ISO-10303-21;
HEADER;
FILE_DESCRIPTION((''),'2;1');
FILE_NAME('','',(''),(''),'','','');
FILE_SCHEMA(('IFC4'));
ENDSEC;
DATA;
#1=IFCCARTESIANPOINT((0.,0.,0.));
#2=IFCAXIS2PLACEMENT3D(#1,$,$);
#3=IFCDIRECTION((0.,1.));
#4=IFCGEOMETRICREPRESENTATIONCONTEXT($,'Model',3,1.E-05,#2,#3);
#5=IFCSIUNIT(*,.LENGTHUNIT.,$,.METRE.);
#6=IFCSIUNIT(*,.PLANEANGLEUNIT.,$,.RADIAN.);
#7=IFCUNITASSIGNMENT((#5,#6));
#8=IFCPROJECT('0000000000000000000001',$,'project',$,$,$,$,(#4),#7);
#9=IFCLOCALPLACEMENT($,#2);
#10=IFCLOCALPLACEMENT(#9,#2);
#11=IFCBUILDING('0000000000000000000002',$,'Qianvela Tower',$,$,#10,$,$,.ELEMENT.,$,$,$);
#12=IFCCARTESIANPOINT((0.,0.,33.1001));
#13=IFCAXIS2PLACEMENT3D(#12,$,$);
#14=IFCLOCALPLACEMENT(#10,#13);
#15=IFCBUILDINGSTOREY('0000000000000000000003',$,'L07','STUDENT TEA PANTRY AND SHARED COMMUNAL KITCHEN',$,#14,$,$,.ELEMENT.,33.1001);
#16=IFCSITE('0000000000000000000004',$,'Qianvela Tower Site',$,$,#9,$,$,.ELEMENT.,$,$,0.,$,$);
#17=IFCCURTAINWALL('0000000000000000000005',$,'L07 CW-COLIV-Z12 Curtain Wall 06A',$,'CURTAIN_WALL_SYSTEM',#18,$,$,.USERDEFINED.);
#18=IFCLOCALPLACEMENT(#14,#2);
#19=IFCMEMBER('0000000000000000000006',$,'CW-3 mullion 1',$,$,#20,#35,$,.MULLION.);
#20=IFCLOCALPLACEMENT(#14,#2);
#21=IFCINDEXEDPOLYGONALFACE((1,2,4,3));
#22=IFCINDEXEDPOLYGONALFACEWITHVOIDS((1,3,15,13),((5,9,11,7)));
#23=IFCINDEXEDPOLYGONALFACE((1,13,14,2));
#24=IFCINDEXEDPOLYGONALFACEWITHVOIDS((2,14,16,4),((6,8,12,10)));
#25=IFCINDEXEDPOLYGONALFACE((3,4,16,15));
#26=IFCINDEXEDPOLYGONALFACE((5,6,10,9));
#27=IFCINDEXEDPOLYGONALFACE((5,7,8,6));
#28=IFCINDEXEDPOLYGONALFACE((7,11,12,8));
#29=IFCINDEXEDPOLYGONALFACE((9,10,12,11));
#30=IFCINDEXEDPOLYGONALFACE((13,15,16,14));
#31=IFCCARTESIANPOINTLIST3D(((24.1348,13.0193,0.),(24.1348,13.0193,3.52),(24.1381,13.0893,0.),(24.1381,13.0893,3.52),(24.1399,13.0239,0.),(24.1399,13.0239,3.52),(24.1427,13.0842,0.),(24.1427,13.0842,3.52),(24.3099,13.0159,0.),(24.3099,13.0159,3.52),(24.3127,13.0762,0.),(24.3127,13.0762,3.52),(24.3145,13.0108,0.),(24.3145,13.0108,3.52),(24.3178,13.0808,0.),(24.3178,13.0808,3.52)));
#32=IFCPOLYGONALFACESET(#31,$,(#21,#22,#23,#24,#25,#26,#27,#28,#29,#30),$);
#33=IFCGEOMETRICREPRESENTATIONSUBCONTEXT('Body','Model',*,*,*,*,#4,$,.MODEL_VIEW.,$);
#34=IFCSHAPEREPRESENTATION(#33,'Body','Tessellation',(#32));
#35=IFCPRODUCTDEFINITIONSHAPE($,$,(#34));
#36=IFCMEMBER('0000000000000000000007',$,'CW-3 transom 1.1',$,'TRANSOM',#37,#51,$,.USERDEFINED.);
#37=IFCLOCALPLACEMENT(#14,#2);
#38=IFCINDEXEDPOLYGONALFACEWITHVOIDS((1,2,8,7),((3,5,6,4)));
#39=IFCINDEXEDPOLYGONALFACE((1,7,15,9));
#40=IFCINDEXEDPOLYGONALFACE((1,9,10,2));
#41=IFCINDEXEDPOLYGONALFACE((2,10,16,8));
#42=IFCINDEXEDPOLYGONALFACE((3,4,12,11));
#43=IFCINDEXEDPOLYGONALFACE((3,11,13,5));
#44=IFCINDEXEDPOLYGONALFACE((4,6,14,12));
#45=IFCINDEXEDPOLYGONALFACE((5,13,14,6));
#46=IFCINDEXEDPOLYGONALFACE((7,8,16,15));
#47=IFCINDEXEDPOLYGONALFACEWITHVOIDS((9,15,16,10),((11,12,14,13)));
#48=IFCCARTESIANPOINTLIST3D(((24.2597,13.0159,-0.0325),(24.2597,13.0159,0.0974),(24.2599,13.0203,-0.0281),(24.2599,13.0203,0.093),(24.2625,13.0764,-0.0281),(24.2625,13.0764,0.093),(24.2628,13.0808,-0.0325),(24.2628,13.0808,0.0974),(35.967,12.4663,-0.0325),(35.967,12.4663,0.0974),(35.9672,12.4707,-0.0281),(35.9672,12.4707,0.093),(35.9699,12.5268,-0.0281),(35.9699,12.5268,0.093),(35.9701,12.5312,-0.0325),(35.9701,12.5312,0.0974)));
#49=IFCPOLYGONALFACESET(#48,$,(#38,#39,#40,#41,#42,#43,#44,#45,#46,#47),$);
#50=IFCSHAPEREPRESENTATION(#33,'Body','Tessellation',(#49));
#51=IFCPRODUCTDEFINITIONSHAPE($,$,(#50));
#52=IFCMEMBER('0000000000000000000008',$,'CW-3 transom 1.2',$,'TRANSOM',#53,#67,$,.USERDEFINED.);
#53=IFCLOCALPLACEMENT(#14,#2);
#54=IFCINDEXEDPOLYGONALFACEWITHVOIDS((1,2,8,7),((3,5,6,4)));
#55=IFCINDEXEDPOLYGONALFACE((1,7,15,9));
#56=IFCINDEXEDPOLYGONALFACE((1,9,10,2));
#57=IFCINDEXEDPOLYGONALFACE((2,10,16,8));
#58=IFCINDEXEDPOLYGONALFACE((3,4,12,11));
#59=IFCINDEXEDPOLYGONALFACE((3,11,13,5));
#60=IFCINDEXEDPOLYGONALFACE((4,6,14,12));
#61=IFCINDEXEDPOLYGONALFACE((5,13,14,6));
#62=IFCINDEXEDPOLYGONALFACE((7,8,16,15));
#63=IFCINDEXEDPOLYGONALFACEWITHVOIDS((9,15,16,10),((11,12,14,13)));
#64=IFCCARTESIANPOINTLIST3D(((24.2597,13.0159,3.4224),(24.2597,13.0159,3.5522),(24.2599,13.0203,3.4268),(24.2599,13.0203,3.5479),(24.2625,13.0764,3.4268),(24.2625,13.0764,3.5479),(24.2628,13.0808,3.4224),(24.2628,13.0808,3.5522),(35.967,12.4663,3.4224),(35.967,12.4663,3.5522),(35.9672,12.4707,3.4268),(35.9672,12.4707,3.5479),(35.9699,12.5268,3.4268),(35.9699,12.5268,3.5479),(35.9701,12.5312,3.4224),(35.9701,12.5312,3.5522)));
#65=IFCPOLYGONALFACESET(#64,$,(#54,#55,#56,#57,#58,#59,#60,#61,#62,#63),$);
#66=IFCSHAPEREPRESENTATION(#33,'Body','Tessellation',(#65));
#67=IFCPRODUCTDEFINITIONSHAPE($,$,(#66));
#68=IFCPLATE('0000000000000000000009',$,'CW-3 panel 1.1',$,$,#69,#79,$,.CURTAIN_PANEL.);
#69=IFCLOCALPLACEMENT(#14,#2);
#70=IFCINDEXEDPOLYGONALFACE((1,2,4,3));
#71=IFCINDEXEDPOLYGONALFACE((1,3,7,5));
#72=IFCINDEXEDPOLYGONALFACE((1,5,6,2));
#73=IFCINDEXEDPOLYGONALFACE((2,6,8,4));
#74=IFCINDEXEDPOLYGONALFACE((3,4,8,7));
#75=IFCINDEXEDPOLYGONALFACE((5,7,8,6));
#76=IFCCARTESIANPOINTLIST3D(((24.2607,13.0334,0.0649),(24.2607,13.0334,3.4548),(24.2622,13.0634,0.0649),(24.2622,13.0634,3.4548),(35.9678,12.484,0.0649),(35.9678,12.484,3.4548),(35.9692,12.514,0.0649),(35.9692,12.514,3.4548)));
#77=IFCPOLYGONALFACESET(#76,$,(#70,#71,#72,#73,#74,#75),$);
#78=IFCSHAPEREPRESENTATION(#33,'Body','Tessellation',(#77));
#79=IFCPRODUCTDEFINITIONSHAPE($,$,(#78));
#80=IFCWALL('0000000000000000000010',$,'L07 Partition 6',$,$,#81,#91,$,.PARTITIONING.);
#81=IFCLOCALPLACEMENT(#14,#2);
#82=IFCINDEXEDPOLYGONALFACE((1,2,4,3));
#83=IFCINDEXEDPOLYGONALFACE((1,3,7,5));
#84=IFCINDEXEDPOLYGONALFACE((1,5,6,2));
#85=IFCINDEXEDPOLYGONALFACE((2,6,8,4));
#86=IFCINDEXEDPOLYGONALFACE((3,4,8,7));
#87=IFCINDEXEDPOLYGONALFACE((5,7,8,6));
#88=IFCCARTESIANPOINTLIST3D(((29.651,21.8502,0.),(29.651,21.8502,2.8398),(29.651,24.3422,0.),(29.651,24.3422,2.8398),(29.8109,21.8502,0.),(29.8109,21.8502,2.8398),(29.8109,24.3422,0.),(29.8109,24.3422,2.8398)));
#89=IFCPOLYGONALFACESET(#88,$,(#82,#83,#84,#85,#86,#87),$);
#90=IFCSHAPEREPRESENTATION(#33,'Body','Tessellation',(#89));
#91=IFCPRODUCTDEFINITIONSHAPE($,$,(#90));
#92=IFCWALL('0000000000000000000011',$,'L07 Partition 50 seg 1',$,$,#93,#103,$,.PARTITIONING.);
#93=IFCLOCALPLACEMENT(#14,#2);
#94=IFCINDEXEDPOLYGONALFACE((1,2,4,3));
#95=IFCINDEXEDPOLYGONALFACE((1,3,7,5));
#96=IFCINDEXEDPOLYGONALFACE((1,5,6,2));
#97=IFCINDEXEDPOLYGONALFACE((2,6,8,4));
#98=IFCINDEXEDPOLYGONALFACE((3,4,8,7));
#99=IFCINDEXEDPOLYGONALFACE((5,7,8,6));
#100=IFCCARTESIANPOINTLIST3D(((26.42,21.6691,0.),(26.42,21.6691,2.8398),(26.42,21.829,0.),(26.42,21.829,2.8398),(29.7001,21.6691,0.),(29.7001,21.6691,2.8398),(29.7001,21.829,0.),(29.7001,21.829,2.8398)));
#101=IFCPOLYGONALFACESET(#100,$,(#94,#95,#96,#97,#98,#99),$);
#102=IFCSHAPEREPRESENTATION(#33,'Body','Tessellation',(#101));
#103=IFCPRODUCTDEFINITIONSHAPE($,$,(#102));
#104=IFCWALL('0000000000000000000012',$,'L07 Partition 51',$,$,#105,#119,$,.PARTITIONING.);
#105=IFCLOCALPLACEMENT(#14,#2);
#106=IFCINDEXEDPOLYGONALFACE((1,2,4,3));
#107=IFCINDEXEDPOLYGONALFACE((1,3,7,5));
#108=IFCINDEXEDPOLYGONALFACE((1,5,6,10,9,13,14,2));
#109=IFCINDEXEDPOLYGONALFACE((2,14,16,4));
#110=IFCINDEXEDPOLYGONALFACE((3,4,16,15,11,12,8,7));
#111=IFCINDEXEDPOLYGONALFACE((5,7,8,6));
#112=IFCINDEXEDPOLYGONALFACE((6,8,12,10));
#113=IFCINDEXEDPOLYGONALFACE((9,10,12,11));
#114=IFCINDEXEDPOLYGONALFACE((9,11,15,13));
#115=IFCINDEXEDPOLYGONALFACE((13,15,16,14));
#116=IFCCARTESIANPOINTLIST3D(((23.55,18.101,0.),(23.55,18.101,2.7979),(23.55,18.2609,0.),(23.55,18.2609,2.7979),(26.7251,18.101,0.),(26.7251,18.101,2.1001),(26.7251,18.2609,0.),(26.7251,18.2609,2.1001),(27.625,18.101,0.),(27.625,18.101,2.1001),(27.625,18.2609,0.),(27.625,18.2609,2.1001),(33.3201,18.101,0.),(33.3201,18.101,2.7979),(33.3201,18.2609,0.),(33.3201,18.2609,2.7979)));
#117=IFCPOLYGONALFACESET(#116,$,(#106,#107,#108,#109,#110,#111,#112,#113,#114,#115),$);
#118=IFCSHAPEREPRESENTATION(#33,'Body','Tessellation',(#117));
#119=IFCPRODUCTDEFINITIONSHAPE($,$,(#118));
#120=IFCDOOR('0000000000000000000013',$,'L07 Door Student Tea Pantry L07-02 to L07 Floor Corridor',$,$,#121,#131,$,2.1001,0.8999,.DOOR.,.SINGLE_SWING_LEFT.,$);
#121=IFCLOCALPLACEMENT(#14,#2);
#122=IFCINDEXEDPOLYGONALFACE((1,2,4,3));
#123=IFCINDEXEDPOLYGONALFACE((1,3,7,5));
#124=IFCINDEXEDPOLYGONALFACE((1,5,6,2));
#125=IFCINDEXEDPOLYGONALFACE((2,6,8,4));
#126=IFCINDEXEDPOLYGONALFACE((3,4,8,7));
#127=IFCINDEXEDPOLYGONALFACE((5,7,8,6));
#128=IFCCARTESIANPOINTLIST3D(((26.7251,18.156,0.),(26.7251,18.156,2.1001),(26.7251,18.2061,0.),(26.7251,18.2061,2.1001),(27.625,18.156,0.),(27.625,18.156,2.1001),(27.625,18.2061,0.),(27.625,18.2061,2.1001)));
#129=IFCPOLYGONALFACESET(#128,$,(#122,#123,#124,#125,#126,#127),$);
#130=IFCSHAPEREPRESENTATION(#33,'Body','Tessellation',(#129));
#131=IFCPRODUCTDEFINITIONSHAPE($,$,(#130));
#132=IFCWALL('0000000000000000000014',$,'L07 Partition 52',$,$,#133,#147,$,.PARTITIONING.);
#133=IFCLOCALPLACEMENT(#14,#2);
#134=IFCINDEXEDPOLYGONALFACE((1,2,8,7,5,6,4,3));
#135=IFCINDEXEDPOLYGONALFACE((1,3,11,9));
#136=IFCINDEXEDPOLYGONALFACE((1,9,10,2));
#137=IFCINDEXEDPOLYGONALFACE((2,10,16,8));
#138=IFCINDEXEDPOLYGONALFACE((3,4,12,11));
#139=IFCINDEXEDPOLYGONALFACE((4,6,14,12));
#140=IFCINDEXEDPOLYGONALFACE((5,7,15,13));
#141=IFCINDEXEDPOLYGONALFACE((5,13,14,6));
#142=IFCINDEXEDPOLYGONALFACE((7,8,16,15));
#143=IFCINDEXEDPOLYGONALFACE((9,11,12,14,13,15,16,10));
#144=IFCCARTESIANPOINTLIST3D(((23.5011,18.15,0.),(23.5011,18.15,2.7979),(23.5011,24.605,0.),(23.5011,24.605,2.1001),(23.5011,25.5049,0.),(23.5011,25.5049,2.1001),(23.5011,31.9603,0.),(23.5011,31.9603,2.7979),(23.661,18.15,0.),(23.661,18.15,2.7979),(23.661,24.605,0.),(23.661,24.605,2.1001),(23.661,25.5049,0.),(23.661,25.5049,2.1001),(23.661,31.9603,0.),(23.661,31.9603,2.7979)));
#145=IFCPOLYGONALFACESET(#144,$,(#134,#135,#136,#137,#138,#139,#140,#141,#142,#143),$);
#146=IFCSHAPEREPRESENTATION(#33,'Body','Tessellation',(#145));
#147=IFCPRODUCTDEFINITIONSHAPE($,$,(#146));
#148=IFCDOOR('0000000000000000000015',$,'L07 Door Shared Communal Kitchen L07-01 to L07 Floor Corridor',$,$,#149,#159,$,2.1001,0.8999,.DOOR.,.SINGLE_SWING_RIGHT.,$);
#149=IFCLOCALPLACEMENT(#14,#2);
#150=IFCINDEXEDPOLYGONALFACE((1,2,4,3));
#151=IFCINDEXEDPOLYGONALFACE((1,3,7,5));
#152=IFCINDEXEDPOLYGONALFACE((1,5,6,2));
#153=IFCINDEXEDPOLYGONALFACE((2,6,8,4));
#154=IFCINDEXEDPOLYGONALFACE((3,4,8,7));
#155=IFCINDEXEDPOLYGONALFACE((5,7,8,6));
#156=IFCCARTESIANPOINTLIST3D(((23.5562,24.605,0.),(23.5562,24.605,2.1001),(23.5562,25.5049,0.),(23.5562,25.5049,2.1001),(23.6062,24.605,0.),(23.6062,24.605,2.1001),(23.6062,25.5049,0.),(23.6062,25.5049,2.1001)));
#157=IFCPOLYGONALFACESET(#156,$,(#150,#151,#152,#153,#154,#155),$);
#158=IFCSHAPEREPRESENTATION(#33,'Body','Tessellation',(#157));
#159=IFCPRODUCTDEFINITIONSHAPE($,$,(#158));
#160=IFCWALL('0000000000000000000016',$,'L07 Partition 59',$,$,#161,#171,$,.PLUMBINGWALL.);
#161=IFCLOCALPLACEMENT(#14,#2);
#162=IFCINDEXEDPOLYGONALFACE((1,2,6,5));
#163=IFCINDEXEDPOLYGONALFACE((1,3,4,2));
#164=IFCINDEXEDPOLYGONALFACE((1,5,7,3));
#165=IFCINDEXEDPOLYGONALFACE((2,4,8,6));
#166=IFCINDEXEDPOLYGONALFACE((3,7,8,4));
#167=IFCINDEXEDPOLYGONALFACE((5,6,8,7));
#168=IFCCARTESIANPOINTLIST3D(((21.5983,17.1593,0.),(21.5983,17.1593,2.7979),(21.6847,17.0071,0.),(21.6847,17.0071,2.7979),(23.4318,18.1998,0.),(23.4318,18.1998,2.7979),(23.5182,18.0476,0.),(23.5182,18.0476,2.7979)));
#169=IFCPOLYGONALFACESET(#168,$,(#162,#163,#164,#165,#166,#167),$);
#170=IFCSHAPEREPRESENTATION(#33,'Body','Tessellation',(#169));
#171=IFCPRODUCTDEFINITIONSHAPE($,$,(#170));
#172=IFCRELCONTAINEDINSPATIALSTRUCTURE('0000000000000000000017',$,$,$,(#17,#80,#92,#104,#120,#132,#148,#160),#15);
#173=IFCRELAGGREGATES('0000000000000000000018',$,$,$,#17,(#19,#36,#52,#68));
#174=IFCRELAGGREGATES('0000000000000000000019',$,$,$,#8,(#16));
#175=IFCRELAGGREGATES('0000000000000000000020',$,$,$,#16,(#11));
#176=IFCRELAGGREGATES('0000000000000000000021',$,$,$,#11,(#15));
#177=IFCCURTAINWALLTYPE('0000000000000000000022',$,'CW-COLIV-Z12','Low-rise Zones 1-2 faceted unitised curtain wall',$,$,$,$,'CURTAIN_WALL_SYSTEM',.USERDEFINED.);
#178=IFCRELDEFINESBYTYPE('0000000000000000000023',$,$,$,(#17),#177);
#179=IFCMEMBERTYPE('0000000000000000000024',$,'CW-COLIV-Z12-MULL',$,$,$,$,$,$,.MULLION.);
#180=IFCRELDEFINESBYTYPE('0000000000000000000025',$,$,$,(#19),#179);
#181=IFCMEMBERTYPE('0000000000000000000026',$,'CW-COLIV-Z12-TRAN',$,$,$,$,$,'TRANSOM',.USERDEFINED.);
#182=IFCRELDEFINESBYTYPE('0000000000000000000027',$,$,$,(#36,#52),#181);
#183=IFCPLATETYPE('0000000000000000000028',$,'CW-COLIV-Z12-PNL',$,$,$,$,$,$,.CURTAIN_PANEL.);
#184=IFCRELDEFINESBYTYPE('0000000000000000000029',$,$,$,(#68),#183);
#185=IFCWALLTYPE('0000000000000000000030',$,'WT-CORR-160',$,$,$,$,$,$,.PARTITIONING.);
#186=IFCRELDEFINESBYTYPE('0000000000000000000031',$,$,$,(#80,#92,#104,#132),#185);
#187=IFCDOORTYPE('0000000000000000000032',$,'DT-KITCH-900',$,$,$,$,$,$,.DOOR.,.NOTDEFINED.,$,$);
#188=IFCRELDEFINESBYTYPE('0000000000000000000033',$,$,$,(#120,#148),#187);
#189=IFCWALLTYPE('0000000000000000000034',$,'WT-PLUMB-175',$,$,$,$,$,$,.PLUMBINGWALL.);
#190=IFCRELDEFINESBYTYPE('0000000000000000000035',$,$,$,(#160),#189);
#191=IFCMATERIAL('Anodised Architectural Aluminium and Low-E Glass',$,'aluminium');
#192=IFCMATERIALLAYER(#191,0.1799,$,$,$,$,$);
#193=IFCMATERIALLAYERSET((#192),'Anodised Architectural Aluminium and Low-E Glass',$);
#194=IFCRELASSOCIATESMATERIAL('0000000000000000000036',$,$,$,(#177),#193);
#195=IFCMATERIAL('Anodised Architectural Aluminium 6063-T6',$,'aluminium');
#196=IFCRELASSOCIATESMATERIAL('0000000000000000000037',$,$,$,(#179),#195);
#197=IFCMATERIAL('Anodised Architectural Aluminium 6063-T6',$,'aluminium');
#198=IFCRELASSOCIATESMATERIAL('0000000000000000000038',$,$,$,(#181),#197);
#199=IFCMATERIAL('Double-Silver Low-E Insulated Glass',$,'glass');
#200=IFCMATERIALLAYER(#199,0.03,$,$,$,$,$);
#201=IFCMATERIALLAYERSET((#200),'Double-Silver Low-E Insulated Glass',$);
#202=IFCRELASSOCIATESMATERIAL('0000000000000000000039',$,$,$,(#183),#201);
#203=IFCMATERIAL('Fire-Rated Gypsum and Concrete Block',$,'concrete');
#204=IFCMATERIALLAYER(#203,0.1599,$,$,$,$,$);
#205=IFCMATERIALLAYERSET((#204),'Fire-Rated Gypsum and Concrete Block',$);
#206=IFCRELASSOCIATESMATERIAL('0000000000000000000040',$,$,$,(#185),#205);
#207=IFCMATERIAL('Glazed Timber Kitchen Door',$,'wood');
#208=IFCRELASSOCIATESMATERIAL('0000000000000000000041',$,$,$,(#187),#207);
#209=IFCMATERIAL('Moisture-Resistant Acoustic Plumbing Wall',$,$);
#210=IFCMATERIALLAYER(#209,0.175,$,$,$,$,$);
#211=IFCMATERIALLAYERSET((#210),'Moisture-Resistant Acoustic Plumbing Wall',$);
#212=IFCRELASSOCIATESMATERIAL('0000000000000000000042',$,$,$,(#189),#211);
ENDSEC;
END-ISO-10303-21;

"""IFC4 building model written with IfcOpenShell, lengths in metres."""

from ifc_helpers import new_model, si_unit, direction, frame, frame_2d, origin, origin_2d, place, context, subcontext, project, spatial, rectangle, hollow_rectangle, extrude, material, layer, layer_set, material_profile, profile_set, type_object, element, fill, aggregate, save


model = new_model("IFC4")

# Units and contexts
model_context = context("Model", 3, precision=1e-05, world=origin(), true_north=direction((0.0, 1.0)))
body_context = subcontext(model_context, "Body", "Model", "MODEL_VIEW")
ifc_project = project(units=[si_unit("LENGTHUNIT", "METRE"), si_unit("PLANEANGLEUNIT", "RADIAN")], contexts=[model_context])

# Site, building, storey
site_placement = place(None, origin())
site = spatial("IfcSite", under=ifc_project, at=site_placement, Name="Qianvela Tower Site", CompositionType="ELEMENT", RefElevation=0.0)
building_placement = place(site_placement, origin())
building = spatial("IfcBuilding", under=site, at=building_placement, Name="Qianvela Tower", CompositionType="ELEMENT")
storey_placement = place(building_placement, frame((0.0, 0.0, 33.1001)))
storey = spatial("IfcBuildingStorey", under=building, at=storey_placement, Name="L07", Description="STUDENT TEA PANTRY AND SHARED COMMUNAL KITCHEN", CompositionType="ELEMENT", Elevation=33.1001)

# Curtain wall, members, plate
ifc_material_1 = material(Name="Anodised Architectural Aluminium and Low-E Glass", Category="aluminium")
ifc_layer_1 = layer(ifc_material_1, 0.1799)
ifc_layer_set_1 = layer_set([ifc_layer_1], Name="Anodised Architectural Aluminium and Low-E Glass")
curtain_wall_type = type_object("IfcCurtainWallType", Name="CW-COLIV-Z12", Description="Low-rise Zones 1-2 faceted unitised curtain wall", ElementType="CURTAIN_WALL_SYSTEM", PredefinedType="USERDEFINED", material=ifc_layer_set_1)
curtain_wall_placement = place(storey_placement, origin())
curtain_wall = element("IfcCurtainWall", 1, at=curtain_wall_placement, inside=storey, type_object=curtain_wall_type, Name="L07 CW-COLIV-Z12 Curtain Wall 06A", ObjectType="CURTAIN_WALL_SYSTEM", PredefinedType="USERDEFINED")
ifc_material_2 = material(Name="Anodised Architectural Aluminium 6063-T6", Category="aluminium")
ifc_material_profile_1 = material_profile(ifc_material_2, hollow_rectangle(XDim=0.0701, YDim=0.1799, WallThickness=0.0049, at=origin_2d()), Name="ALU-MULL-70x180")
ifc_profile_set_1 = profile_set([ifc_material_profile_1], Name="Anodised Architectural Aluminium 6063-T6")
member_type_1 = type_object("IfcMemberType", Name="CW-COLIV-Z12-MULL", PredefinedType="MULLION", material=ifc_profile_set_1)
member_1_placement = place(storey_placement, frame((24.2263, 13.05, 0.0), z_axis=(0.0, 0.0, 1.0), x_axis=(0.04688, 0.998901, 0.0)))
member_1 = element("IfcMember", 2, at=member_1_placement, type_object=member_type_1, Name="CW-3 mullion 1", PredefinedType="MULLION", context=body_context, shape_type="SweptSolid", body=[
    extrude(hollow_rectangle(XDim=0.0701, YDim=0.1799, WallThickness=0.0049, at=origin_2d()), origin(), (0.0, 0.0, 1.0), 3.52),
])
ifc_material_3 = material(Name="Anodised Architectural Aluminium 6063-T6", Category="aluminium")
ifc_material_profile_2 = material_profile(ifc_material_3, hollow_rectangle(XDim=0.0649, YDim=0.1299, WallThickness=0.0044, at=origin_2d()), Name="ALU-TRAN-65x130")
ifc_profile_set_2 = profile_set([ifc_material_profile_2], Name="Anodised Architectural Aluminium 6063-T6")
member_type_2 = type_object("IfcMemberType", Name="CW-COLIV-Z12-TRAN", ElementType="TRANSOM", PredefinedType="USERDEFINED", material=ifc_profile_set_2)
member_2_placement = place(storey_placement, frame((24.2612, 13.0483, 0.0325), z_axis=(0.9989, -0.04689, 0.0), x_axis=(0.04689, 0.9989, 0.0)))
member_2 = element("IfcMember", 3, at=member_2_placement, type_object=member_type_2, Name="CW-3 transom 1.1", ObjectType="TRANSOM", PredefinedType="USERDEFINED", context=body_context, shape_type="SweptSolid", body=[
    extrude(hollow_rectangle(XDim=0.0649, YDim=0.1299, WallThickness=0.0044, at=origin_2d()), origin(), (0.0, 0.0, 1.0), 11.7202),
])
member_3_placement = place(storey_placement, frame((24.2612, 13.0483, 3.4873), z_axis=(0.9989, -0.04689, 0.0), x_axis=(0.04689, 0.9989, 0.0)))
member_3 = element("IfcMember", 4, at=member_3_placement, type_object=member_type_2, Name="CW-3 transom 1.2", ObjectType="TRANSOM", PredefinedType="USERDEFINED", context=body_context, shape_type="SweptSolid", body=[
    extrude(hollow_rectangle(XDim=0.0649, YDim=0.1299, WallThickness=0.0044, at=origin_2d()), origin(), (0.0, 0.0, 1.0), 11.7202),
])
ifc_material_4 = material(Name="Double-Silver Low-E Insulated Glass", Category="glass")
ifc_layer_2 = layer(ifc_material_4, 0.03)
ifc_layer_set_2 = layer_set([ifc_layer_2], Name="Double-Silver Low-E Insulated Glass")
plate_type = type_object("IfcPlateType", Name="CW-COLIV-Z12-PNL", PredefinedType="CURTAIN_PANEL", material=ifc_layer_set_2)
plate_placement = place(storey_placement, frame((30.115, 12.7737, 0.0649), z_axis=(0.0, 0.0, 1.0), x_axis=(0.998901, -0.04688, 0.0)))
plate = element("IfcPlate", 5, at=plate_placement, type_object=plate_type, Name="CW-3 panel 1.1", PredefinedType="CURTAIN_PANEL", context=body_context, shape_type="SweptSolid", body=[
    extrude(rectangle(XDim=11.72, YDim=0.03, at=origin_2d()), origin(), (0.0, 0.0, 1.0), 3.3899),
])
aggregate(curtain_wall, [member_1, member_2, member_3, plate])

# Shared definitions
ifc_material_5 = material(Name="Fire-Rated Gypsum and Concrete Block", Category="concrete")
ifc_layer_3 = layer(ifc_material_5, 0.1599)
ifc_layer_set_3 = layer_set([ifc_layer_3], Name="Fire-Rated Gypsum and Concrete Block")
wall_type_1 = type_object("IfcWallType", Name="WT-CORR-160", PredefinedType="PARTITIONING", material=ifc_layer_set_3)

# Walls
wall_1_placement = place(storey_placement, frame((29.731, 21.8501, 0.0), z_axis=(0.0, 0.0, 1.0), x_axis=(0.0, 1.0, 0.0)))
element("IfcWall", 6, at=wall_1_placement, inside=storey, type_object=wall_type_1, Name="L07 Partition 6", PredefinedType="PARTITIONING", context=body_context, shape_type="SweptSolid", body=[
    extrude(rectangle(XDim=2.4919, YDim=0.1599, at=frame_2d((1.2461, 0.0))), origin(), (0.0, 0.0, 1.0), 2.8398),
])
wall_2_placement = place(storey_placement, frame((26.4199, 21.749, 0.0), z_axis=(0.0, 0.0, 1.0), x_axis=(1.0, 0.0, 0.0)))
element("IfcWall", 7, at=wall_2_placement, inside=storey, type_object=wall_type_1, Name="L07 Partition 50 seg 1", PredefinedType="PARTITIONING", context=body_context, shape_type="SweptSolid", body=[
    extrude(rectangle(XDim=3.28, YDim=0.1599, at=frame_2d((1.6401, 0.0))), origin(), (0.0, 0.0, 1.0), 2.8398),
])

# Walls, openings, doors
wall_3_placement = place(storey_placement, frame((33.3201, 18.1809, 0.0), z_axis=(0.0, 0.0, 1.0), x_axis=(-1.0, 0.0, 0.0)))
wall_3 = element("IfcWall", 8, at=wall_3_placement, inside=storey, type_object=wall_type_1, Name="L07 Partition 51", PredefinedType="PARTITIONING", context=body_context, shape_type="SweptSolid", body=[
    extrude(rectangle(XDim=9.77, YDim=0.1599, at=frame_2d((4.885, 0.0))), origin(), (0.0, 0.0, 1.0), 2.7979),
])
opening_1_placement = place(wall_3_placement, frame((5.6951, 0.0, 0.0)))
opening_1 = element("IfcOpeningElement", 9, at=opening_1_placement, cuts=wall_3, PredefinedType="OPENING", context=body_context, shape_type="SweptSolid", body=[
    extrude(rectangle(XDim=0.8999, YDim=2.1001, at=frame_2d((0.45, 1.05))), frame((0.0, 0.0898, 0.0), z_axis=(0.0, -1.0, 0.0), x_axis=(1.0, 0.0, 0.0)), (0.0, 0.0, 1.0), 0.1799),
])
ifc_material_6 = material(Name="Glazed Timber Kitchen Door", Category="wood")
door_type_1 = type_object("IfcDoorType", Name="DT-KITCH-900", OperationType="NOTDEFINED", PredefinedType="DOOR", material=ifc_material_6)
door_1_placement = place(opening_1_placement, origin())
door_1 = element("IfcDoor", 10, at=door_1_placement, inside=storey, type_object=door_type_1, Name="L07 Door Student Tea Pantry L07-02 to L07 Floor Corridor", OperationType="SINGLE_SWING_LEFT", OverallHeight=2.1001, OverallWidth=0.8999, PredefinedType="DOOR", context=body_context, shape_type="SweptSolid", body=[
    extrude(rectangle(XDim=0.8999, YDim=2.1001, at=frame_2d((0.45, 1.05))), frame((0.0, 0.0249, 0.0), z_axis=(0.0, -1.0, 0.0), x_axis=(1.0, 0.0, 0.0)), (0.0, 0.0, 1.0), 0.05),
])
fill(opening_1, door_1)
wall_4_placement = place(storey_placement, frame((23.5811, 18.1499, 0.0), z_axis=(0.0, 0.0, 1.0), x_axis=(0.0, 1.0, 0.0)))
wall_4 = element("IfcWall", 11, at=wall_4_placement, inside=storey, type_object=wall_type_1, Name="L07 Partition 52", PredefinedType="PARTITIONING", context=body_context, shape_type="SweptSolid", body=[
    extrude(rectangle(XDim=13.8103, YDim=0.1599, at=frame_2d((6.9053, 0.0))), origin(), (0.0, 0.0, 1.0), 2.7979),
])
opening_2_placement = place(wall_4_placement, frame((6.4551, 0.0, 0.0)))
opening_2 = element("IfcOpeningElement", 12, at=opening_2_placement, cuts=wall_4, PredefinedType="OPENING", context=body_context, shape_type="SweptSolid", body=[
    extrude(rectangle(XDim=0.8999, YDim=2.1001, at=frame_2d((0.45, 1.05))), frame((0.0, 0.0898, 0.0), z_axis=(0.0, -1.0, 0.0), x_axis=(1.0, 0.0, 0.0)), (0.0, 0.0, 1.0), 0.1799),
])
door_2_placement = place(opening_2_placement, origin())
door_2 = element("IfcDoor", 13, at=door_2_placement, inside=storey, type_object=door_type_1, Name="L07 Door Shared Communal Kitchen L07-01 to L07 Floor Corridor", OperationType="SINGLE_SWING_RIGHT", OverallHeight=2.1001, OverallWidth=0.8999, PredefinedType="DOOR", context=body_context, shape_type="SweptSolid", body=[
    extrude(rectangle(XDim=0.8999, YDim=2.1001, at=frame_2d((0.45, 1.05))), frame((0.0, 0.0249, 0.0), z_axis=(0.0, -1.0, 0.0), x_axis=(1.0, 0.0, 0.0)), (0.0, 0.0, 1.0), 0.05),
])
fill(opening_2, door_2)

# Wall
ifc_material_7 = material(Name="Moisture-Resistant Acoustic Plumbing Wall")
ifc_layer_4 = layer(ifc_material_7, 0.175)
ifc_layer_set_4 = layer_set([ifc_layer_4], Name="Moisture-Resistant Acoustic Plumbing Wall")
wall_type_2 = type_object("IfcWallType", Name="WT-PLUMB-175", PredefinedType="PLUMBINGWALL", material=ifc_layer_set_4)
wall_5_placement = place(storey_placement, frame((23.4751, 18.1238, 0.0), z_axis=(0.0, 0.0, 1.0), x_axis=(-0.869707, -0.493568, 0.0)))
element("IfcWall", 14, at=wall_5_placement, inside=storey, type_object=wall_type_2, Name="L07 Partition 59", PredefinedType="PLUMBINGWALL", context=body_context, shape_type="SweptSolid", body=[
    extrude(rectangle(XDim=2.1082, YDim=0.175, at=frame_2d((1.0542, 0.0))), origin(), (0.0, 0.0, 1.0), 2.7979),
])

save(model, "model.ifc")
